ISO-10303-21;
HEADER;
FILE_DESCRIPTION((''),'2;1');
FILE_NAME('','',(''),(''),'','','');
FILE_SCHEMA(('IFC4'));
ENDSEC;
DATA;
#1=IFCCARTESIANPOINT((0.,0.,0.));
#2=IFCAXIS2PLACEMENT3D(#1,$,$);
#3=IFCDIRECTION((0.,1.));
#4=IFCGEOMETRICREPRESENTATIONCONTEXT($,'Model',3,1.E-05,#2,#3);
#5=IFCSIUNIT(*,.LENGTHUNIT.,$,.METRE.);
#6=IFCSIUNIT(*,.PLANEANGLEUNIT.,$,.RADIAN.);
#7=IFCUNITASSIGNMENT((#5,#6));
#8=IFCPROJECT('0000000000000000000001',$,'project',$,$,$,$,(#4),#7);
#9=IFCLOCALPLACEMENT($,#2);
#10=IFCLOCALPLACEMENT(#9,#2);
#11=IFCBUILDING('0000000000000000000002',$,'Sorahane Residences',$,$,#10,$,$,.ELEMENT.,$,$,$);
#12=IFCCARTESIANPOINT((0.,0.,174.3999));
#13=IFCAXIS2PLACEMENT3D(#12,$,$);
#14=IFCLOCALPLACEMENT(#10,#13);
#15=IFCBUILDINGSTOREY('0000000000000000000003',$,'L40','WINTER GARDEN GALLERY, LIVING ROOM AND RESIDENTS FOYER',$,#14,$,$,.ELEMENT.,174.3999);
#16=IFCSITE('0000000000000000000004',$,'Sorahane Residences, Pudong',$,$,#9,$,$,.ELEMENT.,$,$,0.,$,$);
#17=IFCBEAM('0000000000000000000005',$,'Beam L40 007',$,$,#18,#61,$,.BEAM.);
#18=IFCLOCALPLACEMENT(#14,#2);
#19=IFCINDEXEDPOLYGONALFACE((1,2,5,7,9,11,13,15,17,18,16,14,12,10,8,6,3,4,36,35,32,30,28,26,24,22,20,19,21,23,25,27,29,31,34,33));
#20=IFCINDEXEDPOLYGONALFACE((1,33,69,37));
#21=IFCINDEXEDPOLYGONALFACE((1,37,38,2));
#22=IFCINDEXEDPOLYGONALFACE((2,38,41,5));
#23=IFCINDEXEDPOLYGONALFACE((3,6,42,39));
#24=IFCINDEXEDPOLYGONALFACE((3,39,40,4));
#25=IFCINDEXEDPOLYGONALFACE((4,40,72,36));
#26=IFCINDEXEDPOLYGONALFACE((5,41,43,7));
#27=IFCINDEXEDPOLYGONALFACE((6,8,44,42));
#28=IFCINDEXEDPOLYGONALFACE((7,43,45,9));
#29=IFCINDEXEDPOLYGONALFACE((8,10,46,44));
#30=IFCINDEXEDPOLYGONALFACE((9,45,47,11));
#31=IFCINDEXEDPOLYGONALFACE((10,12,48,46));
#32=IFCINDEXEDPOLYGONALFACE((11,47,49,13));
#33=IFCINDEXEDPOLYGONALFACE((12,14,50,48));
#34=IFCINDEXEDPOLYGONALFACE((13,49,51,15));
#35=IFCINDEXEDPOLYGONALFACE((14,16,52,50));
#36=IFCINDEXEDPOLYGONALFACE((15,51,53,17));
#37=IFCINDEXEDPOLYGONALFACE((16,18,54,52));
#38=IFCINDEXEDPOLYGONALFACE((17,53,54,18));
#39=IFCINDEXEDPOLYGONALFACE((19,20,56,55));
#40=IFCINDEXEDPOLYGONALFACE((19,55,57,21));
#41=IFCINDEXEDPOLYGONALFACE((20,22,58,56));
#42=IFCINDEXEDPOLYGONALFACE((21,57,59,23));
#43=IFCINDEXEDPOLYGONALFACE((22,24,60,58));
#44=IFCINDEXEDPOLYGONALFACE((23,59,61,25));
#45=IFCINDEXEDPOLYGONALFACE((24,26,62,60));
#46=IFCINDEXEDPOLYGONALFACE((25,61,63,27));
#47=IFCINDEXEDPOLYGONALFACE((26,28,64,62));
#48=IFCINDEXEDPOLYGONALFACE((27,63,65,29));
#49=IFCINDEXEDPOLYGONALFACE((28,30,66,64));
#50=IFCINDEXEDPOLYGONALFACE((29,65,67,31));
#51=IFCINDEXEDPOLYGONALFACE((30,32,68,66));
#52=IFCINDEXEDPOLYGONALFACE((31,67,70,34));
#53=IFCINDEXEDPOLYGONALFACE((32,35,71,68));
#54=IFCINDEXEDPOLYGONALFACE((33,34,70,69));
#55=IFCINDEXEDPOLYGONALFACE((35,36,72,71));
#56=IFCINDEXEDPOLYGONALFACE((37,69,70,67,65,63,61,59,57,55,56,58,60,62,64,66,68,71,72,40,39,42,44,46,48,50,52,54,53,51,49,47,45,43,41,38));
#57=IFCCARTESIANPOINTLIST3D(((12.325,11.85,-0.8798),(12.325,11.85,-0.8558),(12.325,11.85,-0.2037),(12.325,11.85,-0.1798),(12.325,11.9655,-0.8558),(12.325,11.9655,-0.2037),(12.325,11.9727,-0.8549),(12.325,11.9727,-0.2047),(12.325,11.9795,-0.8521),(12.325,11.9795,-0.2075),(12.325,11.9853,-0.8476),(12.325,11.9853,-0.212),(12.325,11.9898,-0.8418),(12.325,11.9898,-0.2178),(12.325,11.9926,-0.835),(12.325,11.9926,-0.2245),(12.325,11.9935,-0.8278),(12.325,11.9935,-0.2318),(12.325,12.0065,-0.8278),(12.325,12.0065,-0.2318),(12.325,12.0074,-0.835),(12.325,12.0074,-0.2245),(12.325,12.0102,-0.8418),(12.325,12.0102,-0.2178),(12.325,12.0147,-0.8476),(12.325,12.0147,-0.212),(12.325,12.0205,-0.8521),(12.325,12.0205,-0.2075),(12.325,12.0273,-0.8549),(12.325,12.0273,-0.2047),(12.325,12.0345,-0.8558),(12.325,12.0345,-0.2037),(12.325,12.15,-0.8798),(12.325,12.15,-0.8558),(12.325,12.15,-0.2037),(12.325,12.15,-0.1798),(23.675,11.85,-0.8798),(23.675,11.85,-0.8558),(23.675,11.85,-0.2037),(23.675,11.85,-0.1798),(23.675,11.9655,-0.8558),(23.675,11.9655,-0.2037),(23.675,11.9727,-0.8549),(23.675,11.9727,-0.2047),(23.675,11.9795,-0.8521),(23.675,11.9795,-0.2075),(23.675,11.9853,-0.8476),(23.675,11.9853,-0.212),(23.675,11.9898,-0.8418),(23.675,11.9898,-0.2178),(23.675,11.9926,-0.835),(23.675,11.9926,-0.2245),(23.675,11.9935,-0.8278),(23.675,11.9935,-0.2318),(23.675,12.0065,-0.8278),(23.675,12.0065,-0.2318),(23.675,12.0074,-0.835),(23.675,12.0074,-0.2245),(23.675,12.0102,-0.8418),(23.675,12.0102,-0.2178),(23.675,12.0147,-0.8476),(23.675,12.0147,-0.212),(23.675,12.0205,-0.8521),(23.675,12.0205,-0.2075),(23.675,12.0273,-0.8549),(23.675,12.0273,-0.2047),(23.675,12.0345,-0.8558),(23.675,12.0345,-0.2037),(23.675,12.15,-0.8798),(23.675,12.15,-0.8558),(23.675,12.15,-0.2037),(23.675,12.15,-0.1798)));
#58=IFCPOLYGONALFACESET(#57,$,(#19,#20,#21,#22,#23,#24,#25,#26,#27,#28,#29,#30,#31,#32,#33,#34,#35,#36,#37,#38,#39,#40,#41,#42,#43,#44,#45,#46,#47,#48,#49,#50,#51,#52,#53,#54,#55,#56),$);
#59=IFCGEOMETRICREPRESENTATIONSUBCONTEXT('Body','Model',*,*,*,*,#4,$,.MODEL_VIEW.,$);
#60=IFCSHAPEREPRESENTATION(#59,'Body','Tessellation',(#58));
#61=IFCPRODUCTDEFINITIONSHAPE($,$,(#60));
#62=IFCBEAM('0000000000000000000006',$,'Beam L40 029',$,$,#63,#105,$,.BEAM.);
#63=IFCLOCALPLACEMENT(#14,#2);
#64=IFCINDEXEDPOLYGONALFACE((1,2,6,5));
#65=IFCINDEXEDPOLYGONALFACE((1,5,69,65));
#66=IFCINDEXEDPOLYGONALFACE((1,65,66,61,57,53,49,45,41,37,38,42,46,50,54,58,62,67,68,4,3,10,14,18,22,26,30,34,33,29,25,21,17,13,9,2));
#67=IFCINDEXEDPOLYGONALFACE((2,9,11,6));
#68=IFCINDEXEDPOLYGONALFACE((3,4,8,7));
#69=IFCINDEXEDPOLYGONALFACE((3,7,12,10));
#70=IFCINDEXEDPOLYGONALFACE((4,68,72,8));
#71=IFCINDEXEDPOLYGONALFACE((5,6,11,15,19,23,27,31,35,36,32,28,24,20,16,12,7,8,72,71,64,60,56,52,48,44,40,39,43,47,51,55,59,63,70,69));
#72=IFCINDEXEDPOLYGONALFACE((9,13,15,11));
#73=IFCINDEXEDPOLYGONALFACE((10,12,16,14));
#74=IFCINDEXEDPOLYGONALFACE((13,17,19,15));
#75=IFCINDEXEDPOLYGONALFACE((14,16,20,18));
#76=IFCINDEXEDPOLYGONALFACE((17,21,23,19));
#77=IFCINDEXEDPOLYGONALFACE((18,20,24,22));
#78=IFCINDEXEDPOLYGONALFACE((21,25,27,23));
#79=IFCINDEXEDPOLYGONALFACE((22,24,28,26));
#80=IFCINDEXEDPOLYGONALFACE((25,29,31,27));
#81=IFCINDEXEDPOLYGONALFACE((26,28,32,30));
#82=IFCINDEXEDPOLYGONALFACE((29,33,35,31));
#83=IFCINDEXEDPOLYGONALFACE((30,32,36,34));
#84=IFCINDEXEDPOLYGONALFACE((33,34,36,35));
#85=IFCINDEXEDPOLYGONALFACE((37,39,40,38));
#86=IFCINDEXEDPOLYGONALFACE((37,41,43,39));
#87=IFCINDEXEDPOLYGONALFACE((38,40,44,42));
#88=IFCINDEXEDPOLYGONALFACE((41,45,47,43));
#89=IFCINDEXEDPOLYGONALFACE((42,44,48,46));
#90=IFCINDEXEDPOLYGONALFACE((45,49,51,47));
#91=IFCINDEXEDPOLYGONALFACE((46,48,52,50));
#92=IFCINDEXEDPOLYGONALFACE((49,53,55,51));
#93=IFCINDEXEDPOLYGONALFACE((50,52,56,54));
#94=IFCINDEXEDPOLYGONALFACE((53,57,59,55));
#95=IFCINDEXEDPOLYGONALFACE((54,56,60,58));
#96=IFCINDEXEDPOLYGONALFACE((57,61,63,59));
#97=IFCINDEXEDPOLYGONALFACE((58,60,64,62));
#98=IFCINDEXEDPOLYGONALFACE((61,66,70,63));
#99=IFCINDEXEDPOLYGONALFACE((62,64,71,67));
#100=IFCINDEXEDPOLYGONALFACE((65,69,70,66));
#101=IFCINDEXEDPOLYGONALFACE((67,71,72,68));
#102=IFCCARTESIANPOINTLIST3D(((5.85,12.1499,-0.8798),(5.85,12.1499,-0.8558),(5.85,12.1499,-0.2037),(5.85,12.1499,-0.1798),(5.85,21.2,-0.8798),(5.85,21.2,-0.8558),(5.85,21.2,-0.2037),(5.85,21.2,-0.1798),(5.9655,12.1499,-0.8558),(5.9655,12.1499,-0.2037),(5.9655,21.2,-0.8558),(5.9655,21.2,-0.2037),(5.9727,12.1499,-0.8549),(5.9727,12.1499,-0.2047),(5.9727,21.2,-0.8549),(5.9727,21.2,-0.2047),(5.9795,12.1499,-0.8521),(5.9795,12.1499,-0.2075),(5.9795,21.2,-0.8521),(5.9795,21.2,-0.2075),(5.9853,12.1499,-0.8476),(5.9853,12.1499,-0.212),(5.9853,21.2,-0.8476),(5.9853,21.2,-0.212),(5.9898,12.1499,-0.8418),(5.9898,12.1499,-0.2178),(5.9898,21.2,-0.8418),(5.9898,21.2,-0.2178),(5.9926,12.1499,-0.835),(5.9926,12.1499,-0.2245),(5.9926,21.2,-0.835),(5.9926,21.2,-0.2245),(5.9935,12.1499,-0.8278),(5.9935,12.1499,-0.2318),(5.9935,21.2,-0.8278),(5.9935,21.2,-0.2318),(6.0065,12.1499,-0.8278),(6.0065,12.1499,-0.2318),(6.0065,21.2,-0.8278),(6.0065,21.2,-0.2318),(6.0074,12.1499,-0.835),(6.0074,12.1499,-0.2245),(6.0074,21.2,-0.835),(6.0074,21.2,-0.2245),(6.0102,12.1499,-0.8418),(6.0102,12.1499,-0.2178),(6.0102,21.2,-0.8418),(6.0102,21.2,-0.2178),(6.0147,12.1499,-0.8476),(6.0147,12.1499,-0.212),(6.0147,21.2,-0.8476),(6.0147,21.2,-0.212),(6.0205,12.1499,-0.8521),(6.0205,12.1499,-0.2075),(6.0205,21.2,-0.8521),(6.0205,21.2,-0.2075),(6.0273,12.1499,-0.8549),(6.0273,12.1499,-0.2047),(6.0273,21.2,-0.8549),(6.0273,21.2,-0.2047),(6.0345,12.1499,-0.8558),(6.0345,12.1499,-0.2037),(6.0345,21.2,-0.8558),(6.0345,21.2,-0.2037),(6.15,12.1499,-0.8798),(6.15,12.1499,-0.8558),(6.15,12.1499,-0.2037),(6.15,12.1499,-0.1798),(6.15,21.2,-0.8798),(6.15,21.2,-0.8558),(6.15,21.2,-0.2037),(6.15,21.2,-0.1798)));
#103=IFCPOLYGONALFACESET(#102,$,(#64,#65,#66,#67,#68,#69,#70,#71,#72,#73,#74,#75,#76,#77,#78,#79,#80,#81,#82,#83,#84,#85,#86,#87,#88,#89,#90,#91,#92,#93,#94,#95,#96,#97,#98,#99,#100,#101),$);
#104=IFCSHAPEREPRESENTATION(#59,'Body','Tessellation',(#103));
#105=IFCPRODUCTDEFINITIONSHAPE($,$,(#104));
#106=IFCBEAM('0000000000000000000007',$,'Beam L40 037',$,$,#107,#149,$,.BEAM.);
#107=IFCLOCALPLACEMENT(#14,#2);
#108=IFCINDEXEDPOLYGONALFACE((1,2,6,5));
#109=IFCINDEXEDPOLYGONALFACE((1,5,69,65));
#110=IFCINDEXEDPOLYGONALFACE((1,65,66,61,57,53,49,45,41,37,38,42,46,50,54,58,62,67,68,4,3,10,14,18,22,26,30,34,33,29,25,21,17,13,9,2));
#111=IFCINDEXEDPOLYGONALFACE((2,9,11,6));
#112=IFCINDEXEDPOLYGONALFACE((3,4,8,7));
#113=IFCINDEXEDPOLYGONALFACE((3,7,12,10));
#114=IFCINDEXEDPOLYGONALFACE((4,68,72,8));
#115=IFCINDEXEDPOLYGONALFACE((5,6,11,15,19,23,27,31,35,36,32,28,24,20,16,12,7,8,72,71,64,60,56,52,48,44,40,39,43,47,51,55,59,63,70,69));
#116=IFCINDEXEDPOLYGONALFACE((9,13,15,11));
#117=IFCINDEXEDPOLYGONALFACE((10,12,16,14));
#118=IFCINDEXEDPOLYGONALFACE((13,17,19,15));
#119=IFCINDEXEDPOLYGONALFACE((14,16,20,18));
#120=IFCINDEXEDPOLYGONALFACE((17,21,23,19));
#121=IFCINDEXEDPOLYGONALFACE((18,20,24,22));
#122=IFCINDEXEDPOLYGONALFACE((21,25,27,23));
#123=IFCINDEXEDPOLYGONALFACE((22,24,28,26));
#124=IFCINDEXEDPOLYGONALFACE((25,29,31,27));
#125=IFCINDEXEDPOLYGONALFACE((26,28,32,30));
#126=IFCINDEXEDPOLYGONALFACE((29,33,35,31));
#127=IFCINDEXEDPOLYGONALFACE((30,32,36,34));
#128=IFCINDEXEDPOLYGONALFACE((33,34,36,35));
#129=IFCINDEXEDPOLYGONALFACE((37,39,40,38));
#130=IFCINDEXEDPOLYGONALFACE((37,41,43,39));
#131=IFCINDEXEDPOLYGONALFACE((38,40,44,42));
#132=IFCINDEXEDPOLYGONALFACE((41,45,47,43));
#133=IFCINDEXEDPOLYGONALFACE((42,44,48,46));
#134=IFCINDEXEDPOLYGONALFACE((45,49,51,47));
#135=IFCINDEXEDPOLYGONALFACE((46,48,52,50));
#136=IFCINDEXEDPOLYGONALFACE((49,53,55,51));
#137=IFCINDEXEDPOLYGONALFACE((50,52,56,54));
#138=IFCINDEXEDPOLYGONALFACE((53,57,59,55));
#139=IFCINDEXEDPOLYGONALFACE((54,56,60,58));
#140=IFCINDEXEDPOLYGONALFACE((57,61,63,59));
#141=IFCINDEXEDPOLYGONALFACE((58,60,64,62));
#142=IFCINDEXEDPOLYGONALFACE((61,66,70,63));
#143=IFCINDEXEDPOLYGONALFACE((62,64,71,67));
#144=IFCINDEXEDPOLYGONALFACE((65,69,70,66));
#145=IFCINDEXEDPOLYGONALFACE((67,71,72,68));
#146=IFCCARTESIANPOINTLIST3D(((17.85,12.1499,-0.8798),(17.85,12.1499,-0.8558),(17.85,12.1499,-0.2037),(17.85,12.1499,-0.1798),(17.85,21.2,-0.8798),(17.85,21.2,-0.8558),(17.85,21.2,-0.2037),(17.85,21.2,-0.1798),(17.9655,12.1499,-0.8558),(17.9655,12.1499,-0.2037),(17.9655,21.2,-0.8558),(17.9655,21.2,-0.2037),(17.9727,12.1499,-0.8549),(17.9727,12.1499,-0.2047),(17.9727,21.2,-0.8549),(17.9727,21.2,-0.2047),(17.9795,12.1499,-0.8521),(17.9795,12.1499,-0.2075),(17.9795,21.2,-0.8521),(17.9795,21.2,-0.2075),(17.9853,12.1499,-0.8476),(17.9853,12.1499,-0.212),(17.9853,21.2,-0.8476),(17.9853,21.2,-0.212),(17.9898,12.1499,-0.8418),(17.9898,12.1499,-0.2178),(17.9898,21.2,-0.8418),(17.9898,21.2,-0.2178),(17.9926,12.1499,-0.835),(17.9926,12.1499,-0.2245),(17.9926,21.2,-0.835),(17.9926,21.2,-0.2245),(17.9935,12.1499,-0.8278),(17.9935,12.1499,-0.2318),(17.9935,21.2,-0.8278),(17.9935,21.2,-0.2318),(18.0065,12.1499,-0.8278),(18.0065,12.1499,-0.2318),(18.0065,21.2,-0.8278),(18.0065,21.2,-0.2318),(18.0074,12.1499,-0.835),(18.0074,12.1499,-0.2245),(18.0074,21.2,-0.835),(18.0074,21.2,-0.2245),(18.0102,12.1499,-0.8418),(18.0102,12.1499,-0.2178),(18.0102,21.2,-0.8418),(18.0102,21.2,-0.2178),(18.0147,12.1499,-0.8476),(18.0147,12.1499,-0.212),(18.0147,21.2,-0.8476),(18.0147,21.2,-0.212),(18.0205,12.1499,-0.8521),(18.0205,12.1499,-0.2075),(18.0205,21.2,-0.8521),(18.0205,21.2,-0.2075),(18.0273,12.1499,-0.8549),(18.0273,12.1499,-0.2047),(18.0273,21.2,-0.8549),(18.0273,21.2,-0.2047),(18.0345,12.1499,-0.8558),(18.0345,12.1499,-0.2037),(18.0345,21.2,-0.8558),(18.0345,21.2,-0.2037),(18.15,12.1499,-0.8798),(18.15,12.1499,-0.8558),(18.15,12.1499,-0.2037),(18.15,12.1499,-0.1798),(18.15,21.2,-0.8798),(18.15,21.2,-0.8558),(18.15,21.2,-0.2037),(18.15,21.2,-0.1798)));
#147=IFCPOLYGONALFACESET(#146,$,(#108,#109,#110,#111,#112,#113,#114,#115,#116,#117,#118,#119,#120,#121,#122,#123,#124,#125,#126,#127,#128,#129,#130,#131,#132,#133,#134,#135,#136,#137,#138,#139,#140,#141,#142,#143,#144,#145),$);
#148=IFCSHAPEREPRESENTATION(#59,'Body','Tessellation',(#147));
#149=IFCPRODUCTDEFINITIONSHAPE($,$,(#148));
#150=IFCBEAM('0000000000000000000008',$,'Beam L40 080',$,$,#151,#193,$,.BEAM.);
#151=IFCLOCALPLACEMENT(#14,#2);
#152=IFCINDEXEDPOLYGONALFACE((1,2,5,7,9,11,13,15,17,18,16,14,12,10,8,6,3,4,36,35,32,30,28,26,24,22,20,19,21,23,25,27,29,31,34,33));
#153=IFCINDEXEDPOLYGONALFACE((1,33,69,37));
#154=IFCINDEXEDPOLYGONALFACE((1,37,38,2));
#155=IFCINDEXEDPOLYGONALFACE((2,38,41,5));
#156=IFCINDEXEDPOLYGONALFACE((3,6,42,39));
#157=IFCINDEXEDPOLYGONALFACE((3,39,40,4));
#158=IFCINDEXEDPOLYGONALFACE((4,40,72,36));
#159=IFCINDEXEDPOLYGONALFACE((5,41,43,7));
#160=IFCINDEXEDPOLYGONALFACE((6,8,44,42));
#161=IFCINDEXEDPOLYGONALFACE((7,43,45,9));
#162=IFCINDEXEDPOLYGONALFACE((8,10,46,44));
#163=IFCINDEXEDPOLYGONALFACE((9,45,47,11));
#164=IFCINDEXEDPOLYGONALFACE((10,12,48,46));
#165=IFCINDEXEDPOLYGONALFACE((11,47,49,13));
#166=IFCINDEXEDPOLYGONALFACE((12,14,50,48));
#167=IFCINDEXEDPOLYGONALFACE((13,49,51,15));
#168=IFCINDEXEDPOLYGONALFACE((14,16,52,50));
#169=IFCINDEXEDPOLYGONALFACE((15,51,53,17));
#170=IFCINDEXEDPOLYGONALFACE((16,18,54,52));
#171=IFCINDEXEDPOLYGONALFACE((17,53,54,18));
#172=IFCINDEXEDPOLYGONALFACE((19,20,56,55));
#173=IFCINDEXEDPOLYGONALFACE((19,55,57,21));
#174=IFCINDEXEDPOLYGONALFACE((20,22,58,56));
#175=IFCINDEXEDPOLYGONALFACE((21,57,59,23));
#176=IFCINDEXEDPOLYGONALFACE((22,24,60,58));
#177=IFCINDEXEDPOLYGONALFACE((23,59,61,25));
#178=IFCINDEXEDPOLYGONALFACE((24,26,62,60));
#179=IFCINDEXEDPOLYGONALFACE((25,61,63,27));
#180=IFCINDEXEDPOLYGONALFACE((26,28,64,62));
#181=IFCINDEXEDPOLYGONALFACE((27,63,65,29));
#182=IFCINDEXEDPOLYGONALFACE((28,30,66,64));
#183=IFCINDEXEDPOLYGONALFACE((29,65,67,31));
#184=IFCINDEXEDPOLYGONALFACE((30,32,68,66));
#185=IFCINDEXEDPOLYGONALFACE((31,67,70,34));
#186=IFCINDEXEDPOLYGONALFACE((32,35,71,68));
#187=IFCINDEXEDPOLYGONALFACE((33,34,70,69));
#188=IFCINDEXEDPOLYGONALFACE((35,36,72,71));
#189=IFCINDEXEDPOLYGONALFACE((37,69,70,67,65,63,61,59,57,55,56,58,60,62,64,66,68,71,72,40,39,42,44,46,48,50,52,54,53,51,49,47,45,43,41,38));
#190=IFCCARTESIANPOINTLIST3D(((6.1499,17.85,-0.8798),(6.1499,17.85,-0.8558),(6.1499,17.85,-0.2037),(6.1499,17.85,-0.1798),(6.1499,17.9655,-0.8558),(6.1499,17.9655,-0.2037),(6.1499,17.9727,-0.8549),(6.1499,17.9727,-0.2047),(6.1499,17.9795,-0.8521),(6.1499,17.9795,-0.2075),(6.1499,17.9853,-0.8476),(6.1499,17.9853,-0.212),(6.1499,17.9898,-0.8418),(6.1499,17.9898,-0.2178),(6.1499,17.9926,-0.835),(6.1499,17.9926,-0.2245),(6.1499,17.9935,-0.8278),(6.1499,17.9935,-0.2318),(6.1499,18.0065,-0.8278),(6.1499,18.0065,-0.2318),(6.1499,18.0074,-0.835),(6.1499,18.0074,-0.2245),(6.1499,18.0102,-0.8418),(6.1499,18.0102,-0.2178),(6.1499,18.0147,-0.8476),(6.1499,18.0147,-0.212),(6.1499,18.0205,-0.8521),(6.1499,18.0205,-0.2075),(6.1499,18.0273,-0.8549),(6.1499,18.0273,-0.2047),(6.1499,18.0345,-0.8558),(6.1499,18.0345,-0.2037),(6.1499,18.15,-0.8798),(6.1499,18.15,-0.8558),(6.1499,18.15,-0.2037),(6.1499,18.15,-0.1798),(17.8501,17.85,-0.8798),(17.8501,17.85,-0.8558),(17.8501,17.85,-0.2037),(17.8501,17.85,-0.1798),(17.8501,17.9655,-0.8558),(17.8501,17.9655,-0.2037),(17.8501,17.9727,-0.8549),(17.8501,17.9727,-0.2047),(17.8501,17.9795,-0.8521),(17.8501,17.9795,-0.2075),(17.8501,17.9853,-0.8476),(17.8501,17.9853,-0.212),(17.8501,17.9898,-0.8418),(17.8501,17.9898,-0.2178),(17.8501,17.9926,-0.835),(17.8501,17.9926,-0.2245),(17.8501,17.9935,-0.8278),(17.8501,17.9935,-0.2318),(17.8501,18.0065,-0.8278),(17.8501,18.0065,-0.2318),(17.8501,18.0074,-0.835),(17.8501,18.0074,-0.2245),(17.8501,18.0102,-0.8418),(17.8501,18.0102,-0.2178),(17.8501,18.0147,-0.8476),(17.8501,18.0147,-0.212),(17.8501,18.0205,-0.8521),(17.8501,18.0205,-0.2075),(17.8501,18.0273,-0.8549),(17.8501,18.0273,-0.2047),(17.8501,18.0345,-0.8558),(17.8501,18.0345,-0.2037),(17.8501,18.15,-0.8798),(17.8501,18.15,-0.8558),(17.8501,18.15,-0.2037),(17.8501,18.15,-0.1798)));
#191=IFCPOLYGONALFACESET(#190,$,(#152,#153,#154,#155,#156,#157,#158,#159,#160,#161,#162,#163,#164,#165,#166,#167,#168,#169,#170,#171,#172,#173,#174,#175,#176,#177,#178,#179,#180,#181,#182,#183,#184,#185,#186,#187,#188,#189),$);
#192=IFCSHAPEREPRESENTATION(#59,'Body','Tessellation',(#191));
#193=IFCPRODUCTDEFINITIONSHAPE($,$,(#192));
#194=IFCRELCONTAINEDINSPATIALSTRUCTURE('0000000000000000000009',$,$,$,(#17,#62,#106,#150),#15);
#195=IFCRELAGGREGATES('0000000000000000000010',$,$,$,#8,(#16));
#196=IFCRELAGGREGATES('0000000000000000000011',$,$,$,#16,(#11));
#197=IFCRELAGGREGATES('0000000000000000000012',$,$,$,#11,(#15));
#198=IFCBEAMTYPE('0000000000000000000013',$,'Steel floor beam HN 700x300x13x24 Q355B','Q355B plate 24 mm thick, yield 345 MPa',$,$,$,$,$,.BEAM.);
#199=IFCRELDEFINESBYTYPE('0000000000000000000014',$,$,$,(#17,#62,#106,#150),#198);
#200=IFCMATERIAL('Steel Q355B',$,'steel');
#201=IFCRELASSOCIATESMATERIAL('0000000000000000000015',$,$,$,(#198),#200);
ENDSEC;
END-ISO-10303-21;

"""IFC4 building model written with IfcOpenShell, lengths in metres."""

from ifc_helpers import new_model, si_unit, direction, frame, origin, origin_2d, place, context, subcontext, project, spatial, i_section, extrude, material, material_profile, profile_set, type_object, element, save


model = new_model("IFC4")

# Units and contexts
model_context = context("Model", 3, precision=1e-05, world=origin(), true_north=direction((0.0, 1.0)))
body_context = subcontext(model_context, "Body", "Model", "MODEL_VIEW")
ifc_project = project(units=[si_unit("LENGTHUNIT", "METRE"), si_unit("PLANEANGLEUNIT", "RADIAN")], contexts=[model_context])

# Site, building, storey
site_placement = place(None, origin())
site = spatial("IfcSite", under=ifc_project, at=site_placement, Name="Sorahane Residences, Pudong", CompositionType="ELEMENT", RefElevation=0.0)
building_placement = place(site_placement, origin())
building = spatial("IfcBuilding", under=site, at=building_placement, Name="Sorahane Residences", CompositionType="ELEMENT")
storey_placement = place(building_placement, frame((0.0, 0.0, 174.3999)))
storey = spatial("IfcBuildingStorey", under=building, at=storey_placement, Name="L40", Description="WINTER GARDEN GALLERY, LIVING ROOM AND RESIDENTS FOYER", CompositionType="ELEMENT", Elevation=174.3999)

# Beams
ifc_material_1 = material(Name="Steel Q355B", Category="steel")
ifc_material_profile_1 = material_profile(ifc_material_1, i_section(OverallWidth=0.3, OverallDepth=0.7, WebThickness=0.0129, FlangeThickness=0.0239, FilletRadius=0.0281, at=origin_2d()), Name="HN 700x300x13x24")
ifc_profile_set_1 = profile_set([ifc_material_profile_1], Name="Steel Q355B")
beam_type_1 = type_object("IfcBeamType", Name="Steel floor beam HN 700x300x13x24 Q355B", Description="Q355B plate 24 mm thick, yield 345 MPa", PredefinedType="BEAM", material=ifc_profile_set_1)
beam_placement = place(storey_placement, frame((12.325, 12.0, -0.5298), z_axis=(1.0, 0.0, 0.0), x_axis=(0.0, 1.0, 0.0)))
element("IfcBeam", 1, at=beam_placement, inside=storey, type_object=beam_type_1, Name="Beam L40 007", PredefinedType="BEAM", context=body_context, shape_type="SweptSolid", body=[
    extrude(i_section(OverallWidth=0.3, OverallDepth=0.7, WebThickness=0.0129, FlangeThickness=0.0239, FilletRadius=0.0281, at=origin_2d()), origin(), (0.0, 0.0, 1.0), 11.3501),
])
for number, where, z_axis, x_axis, name in (
    (2, (6.0, 12.1499, -0.5298), (0.0, 1.0, 0.0), (-1.0, 0.0, 0.0), "Beam L40 029"),
    (3, (18.0, 12.1499, -0.5298), (0.0, 1.0, 0.0), (-1.0, 0.0, 0.0), "Beam L40 037"),
):
    element("IfcBeam", number, at=place(storey_placement, frame(where, z_axis=z_axis, x_axis=x_axis)), inside=storey, type_object=beam_type_1, Name=name, PredefinedType="BEAM", context=body_context, shape_type="SweptSolid", body=[
        extrude(i_section(OverallWidth=0.3, OverallDepth=0.7, WebThickness=0.0129, FlangeThickness=0.0239, FilletRadius=0.0281, at=origin_2d()), origin(), (0.0, 0.0, 1.0), 9.05),
    ])
for number, where, z_axis, x_axis, name in (
    (4, (6.1499, 18.0, -0.5298), (1.0, 0.0, 0.0), (0.0, 1.0, 0.0), "Beam L40 080"),
):
    element("IfcBeam", number, at=place(storey_placement, frame(where, z_axis=z_axis, x_axis=x_axis)), inside=storey, type_object=beam_type_1, Name=name, PredefinedType="BEAM", context=body_context, shape_type="SweptSolid", body=[
        extrude(i_section(OverallWidth=0.3, OverallDepth=0.7, WebThickness=0.0129, FlangeThickness=0.0239, FilletRadius=0.0281, at=origin_2d()), origin(), (0.0, 0.0, 1.0), 11.7002),
    ])

save(model, "model.ifc")
